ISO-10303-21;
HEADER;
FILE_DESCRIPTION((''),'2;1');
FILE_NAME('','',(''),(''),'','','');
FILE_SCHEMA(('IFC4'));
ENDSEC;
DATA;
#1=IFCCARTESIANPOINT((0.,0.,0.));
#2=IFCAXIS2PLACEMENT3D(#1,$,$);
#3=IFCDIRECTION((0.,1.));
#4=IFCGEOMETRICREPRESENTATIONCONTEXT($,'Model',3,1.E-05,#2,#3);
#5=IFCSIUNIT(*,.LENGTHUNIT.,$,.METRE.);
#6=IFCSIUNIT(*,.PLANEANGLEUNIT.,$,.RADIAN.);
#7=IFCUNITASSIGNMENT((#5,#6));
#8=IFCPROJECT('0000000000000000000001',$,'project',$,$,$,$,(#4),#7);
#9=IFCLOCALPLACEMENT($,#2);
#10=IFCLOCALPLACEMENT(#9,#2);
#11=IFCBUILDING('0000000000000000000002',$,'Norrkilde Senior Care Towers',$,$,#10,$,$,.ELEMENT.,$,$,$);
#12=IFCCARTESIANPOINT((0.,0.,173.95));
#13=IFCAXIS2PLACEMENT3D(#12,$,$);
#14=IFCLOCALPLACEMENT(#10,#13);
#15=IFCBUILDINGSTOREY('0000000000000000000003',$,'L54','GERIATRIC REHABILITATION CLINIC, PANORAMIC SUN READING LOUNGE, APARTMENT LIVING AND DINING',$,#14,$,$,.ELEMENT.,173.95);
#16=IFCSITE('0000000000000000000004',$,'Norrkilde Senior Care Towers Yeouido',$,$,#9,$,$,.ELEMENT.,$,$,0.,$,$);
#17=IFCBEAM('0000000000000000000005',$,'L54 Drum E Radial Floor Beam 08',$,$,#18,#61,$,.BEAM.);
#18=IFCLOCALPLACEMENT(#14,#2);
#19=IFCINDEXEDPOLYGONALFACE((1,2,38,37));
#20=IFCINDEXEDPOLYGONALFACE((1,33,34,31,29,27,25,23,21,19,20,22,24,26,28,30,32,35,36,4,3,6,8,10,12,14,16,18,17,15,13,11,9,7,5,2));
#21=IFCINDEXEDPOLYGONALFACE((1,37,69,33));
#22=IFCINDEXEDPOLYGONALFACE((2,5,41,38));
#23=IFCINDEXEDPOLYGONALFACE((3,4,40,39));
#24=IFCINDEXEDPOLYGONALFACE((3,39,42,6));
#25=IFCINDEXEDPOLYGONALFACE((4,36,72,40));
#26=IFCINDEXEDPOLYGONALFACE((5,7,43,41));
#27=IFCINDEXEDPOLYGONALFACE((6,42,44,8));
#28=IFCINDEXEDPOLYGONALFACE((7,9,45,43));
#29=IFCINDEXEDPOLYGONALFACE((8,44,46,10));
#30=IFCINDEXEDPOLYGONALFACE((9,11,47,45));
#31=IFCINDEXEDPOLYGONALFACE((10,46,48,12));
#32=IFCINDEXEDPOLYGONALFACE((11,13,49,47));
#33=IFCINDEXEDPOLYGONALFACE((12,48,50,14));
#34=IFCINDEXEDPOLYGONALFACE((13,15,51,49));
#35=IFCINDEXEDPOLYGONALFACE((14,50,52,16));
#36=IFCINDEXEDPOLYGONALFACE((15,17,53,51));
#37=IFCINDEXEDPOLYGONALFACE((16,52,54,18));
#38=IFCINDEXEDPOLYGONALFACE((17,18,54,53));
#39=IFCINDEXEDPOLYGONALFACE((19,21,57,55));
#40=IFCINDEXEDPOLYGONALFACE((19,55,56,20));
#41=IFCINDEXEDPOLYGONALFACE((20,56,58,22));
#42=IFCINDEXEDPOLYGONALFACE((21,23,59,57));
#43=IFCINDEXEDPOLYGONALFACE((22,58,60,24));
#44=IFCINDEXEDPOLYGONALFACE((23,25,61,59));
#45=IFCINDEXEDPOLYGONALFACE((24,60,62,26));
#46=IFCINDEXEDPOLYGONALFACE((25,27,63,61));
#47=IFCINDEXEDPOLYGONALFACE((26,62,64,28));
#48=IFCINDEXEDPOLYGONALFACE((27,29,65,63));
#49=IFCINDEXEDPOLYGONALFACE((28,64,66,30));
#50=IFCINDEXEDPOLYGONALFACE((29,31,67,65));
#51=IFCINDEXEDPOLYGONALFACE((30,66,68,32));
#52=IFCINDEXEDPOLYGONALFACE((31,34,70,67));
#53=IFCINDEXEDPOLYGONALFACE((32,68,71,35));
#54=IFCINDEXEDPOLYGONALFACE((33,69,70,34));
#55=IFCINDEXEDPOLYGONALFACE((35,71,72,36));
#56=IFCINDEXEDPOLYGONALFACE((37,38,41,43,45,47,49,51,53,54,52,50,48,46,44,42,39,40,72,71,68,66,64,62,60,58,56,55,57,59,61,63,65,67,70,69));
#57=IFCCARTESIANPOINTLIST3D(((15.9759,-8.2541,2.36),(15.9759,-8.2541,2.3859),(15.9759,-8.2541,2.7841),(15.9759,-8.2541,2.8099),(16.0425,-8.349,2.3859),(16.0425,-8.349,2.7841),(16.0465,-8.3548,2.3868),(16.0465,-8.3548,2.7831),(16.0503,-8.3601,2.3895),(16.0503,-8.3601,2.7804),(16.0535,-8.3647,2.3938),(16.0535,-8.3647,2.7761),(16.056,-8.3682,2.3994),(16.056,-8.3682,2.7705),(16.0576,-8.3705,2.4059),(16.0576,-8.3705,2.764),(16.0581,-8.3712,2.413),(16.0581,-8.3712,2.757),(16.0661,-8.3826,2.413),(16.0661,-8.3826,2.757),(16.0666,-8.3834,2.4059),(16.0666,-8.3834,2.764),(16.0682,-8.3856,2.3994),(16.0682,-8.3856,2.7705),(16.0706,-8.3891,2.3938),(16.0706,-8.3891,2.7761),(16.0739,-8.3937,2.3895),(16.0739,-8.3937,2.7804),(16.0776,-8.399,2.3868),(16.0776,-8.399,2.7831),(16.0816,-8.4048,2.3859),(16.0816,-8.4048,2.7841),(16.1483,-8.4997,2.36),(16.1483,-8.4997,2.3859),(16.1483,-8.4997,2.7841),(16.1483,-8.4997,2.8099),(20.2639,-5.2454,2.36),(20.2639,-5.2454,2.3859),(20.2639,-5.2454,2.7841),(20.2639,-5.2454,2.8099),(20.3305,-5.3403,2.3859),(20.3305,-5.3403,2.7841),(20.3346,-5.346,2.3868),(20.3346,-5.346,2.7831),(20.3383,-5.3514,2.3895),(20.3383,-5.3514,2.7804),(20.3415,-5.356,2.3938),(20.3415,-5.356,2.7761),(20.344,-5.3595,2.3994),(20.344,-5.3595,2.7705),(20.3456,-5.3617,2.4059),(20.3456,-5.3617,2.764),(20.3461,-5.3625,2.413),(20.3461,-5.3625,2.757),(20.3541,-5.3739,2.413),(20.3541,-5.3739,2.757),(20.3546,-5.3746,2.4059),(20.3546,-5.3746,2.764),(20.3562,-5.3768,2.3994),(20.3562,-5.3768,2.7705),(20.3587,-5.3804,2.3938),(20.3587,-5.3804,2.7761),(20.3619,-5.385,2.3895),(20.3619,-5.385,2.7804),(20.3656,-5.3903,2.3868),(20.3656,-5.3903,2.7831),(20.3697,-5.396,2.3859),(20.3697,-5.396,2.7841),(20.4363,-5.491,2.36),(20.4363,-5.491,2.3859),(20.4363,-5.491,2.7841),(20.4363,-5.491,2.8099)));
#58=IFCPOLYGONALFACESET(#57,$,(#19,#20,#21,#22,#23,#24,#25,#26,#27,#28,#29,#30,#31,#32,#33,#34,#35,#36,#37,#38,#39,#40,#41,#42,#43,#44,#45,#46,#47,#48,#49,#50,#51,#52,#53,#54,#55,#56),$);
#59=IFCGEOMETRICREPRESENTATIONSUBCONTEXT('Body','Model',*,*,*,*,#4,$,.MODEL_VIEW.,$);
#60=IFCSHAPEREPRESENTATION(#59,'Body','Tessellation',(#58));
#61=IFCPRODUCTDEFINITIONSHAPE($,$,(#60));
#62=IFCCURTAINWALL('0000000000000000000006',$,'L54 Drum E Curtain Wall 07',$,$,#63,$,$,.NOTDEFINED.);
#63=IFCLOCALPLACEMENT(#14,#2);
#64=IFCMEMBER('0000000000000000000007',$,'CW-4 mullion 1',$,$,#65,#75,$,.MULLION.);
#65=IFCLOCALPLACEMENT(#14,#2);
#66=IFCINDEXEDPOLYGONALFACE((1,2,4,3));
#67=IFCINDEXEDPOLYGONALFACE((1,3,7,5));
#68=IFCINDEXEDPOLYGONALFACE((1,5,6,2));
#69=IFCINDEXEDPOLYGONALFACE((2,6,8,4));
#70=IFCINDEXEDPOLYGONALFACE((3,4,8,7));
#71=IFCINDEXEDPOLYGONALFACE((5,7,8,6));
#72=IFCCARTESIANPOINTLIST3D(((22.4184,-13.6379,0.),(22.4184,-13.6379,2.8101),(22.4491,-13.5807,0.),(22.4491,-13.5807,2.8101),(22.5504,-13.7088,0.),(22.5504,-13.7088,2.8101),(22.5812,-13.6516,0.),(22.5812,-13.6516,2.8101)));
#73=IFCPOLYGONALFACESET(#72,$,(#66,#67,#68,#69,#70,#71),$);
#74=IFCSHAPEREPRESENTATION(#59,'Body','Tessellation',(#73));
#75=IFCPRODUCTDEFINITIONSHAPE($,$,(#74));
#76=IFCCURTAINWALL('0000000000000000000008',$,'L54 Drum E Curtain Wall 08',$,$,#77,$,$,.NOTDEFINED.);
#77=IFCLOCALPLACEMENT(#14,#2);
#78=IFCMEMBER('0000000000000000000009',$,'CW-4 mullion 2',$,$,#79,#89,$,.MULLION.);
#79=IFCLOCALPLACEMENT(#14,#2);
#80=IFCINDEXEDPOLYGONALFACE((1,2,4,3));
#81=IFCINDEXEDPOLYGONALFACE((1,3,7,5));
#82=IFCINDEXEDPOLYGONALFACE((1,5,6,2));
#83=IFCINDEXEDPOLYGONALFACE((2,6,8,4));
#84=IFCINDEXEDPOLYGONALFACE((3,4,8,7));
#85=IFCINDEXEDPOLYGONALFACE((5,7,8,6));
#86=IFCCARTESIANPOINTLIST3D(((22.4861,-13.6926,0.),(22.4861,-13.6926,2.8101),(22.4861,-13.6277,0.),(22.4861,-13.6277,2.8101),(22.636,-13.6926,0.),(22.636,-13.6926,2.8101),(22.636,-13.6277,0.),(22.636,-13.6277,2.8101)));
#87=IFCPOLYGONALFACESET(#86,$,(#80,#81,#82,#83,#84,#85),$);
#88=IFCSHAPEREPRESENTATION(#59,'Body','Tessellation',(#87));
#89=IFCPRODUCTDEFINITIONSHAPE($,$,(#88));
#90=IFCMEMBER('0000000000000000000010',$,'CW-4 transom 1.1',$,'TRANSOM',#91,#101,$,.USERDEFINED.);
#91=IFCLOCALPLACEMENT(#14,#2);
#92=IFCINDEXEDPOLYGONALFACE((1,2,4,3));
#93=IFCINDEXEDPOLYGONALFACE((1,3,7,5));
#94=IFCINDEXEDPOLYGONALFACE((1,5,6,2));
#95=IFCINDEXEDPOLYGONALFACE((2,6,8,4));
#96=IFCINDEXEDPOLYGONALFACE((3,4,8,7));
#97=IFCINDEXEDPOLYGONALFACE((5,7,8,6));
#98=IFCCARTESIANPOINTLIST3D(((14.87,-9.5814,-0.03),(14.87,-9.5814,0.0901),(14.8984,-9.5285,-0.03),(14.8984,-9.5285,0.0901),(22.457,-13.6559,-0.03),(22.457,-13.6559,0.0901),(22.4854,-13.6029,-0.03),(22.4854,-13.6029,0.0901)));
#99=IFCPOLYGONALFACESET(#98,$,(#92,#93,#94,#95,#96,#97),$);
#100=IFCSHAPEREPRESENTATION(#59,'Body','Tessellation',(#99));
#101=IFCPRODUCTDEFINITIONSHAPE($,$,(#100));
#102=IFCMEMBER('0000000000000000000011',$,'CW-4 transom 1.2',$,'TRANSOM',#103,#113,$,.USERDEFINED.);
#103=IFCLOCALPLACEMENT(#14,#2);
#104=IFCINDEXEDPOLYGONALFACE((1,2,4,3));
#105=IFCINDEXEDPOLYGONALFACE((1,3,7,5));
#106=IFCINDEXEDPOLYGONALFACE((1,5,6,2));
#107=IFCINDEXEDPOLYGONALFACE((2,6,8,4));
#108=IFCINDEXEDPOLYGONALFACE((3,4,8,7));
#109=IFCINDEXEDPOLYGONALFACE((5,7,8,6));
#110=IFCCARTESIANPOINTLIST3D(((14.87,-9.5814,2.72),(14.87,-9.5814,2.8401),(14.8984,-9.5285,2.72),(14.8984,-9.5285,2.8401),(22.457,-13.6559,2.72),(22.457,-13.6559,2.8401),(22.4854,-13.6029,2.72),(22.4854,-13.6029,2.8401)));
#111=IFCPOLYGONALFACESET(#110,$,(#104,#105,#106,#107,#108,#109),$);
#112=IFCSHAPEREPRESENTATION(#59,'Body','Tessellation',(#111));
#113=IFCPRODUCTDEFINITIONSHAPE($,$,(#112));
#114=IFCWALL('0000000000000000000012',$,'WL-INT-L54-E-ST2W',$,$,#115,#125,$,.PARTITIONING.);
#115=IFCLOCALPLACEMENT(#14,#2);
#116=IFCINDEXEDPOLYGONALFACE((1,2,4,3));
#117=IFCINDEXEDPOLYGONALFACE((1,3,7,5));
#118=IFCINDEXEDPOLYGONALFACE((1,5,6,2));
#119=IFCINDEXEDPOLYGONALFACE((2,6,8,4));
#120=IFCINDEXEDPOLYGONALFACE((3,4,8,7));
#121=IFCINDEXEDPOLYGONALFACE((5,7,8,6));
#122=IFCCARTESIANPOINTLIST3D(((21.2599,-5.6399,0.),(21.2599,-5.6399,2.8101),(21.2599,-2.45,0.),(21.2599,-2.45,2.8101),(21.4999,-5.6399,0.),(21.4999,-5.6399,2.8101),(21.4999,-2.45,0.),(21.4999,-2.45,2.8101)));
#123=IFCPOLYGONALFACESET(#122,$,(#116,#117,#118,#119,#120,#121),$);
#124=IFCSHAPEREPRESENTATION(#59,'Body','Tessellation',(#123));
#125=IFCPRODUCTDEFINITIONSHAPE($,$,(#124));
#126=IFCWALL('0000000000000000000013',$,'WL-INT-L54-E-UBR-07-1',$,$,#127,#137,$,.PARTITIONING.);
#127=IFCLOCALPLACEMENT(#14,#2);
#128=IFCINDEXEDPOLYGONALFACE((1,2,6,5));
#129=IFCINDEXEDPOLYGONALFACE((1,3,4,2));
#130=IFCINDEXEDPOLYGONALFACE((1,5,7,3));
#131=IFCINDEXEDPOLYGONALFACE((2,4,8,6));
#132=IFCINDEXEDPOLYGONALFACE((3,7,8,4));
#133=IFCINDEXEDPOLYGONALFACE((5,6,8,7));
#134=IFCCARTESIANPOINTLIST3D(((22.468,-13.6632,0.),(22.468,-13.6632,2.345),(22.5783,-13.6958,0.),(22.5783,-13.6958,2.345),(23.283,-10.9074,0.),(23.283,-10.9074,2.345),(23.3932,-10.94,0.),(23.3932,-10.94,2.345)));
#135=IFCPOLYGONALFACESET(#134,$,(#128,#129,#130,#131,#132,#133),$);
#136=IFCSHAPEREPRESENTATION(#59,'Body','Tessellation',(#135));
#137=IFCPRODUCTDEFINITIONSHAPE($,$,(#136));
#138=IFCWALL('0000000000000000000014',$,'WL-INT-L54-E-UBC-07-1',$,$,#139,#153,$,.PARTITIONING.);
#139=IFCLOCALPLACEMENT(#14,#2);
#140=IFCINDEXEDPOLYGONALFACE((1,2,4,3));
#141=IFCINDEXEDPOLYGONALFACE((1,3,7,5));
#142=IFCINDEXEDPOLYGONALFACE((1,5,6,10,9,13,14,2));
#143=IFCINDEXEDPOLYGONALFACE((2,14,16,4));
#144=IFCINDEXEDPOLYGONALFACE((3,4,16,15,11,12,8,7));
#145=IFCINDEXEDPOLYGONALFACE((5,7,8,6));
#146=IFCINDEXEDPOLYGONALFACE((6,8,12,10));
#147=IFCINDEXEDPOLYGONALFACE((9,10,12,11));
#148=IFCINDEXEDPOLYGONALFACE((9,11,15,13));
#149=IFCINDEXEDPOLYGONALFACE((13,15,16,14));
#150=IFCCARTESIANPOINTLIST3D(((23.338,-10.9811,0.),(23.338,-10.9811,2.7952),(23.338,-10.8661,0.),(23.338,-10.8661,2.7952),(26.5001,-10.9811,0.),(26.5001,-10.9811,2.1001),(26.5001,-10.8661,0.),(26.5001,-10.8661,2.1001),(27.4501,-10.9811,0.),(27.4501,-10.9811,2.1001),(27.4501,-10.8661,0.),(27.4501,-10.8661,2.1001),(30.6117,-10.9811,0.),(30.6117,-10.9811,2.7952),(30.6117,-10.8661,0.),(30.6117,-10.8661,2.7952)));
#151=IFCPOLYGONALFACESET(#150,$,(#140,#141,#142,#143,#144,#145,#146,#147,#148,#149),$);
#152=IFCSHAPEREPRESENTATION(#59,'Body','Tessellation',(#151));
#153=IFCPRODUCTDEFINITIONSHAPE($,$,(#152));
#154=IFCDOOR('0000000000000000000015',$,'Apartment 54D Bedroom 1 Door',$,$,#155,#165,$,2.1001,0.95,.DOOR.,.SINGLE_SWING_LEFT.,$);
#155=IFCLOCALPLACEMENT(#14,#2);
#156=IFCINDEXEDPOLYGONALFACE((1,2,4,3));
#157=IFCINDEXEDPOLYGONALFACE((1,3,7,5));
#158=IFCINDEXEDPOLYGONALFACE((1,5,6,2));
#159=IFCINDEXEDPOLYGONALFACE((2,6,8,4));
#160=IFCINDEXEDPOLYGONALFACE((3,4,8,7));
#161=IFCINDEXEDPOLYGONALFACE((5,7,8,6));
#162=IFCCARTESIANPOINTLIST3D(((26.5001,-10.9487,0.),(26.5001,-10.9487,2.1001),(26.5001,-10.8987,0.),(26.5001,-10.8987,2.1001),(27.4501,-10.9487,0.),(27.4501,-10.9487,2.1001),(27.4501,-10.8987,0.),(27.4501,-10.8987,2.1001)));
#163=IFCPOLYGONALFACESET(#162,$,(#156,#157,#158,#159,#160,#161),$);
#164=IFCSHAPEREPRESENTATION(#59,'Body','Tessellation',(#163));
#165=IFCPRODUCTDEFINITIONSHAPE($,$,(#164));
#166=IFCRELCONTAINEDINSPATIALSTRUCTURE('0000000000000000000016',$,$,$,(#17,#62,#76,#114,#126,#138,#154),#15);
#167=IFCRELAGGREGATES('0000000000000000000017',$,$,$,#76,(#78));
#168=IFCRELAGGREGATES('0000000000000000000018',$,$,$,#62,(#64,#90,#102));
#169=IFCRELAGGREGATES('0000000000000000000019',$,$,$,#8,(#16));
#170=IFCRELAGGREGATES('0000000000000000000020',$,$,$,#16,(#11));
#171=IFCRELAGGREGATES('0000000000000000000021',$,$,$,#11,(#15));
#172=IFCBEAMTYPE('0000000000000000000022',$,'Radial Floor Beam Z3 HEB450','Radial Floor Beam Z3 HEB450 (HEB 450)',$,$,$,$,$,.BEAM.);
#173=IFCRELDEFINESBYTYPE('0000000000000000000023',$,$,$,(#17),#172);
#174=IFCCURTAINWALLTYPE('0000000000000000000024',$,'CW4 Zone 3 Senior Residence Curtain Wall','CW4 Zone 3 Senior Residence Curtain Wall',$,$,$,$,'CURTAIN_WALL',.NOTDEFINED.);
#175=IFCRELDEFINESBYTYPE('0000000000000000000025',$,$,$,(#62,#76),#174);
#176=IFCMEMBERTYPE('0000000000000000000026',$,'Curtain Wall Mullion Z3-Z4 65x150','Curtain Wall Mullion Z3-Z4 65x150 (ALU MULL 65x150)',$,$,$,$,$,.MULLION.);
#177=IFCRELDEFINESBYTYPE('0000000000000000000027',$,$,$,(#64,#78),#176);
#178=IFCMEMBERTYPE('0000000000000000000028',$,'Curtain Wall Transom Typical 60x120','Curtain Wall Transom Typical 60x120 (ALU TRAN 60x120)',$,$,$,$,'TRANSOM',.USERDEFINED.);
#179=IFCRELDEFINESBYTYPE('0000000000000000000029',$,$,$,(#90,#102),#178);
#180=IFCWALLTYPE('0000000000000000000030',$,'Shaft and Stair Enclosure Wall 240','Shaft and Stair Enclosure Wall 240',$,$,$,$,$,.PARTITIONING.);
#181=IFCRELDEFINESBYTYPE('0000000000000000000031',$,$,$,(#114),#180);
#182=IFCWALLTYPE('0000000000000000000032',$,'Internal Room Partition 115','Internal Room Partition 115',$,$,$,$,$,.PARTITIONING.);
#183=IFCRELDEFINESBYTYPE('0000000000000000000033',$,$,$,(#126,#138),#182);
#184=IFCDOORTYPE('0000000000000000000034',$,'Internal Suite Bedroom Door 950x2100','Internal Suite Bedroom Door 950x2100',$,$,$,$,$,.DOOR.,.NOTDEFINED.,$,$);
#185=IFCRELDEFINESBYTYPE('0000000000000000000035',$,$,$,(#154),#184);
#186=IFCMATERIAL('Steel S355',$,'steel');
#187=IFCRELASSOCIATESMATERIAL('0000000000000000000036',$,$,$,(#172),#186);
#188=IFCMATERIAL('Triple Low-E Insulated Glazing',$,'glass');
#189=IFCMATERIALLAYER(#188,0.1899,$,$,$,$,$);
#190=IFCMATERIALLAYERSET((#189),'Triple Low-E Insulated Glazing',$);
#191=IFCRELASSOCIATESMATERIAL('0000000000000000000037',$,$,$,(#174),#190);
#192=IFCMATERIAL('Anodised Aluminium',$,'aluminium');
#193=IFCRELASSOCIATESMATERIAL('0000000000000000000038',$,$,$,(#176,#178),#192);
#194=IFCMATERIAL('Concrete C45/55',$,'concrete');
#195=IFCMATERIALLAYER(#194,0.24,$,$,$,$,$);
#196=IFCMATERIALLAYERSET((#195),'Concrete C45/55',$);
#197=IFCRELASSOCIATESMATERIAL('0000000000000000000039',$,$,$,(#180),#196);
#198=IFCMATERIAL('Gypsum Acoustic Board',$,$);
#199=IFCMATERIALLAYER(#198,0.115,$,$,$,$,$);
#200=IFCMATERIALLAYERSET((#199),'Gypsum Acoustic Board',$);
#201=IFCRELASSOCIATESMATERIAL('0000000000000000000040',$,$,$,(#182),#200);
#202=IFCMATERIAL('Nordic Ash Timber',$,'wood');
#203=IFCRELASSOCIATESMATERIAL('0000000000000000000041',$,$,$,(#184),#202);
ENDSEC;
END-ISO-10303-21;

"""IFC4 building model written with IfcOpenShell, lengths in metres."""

from ifc_helpers import new_model, si_unit, direction, frame, frame_2d, origin, origin_2d, place, context, subcontext, project, spatial, rectangle, i_section, extrude, source, transform, mapped, material, layer, layer_set, material_profile, profile_set, type_object, type_shapes, element, fill, aggregate, save


model = new_model("IFC4")

# Units and contexts
model_context = context("Model", 3, precision=1e-05, world=origin(), true_north=direction((0.0, 1.0)))
body_context = subcontext(model_context, "Body", "Model", "MODEL_VIEW")
ifc_project = project(units=[si_unit("LENGTHUNIT", "METRE"), si_unit("PLANEANGLEUNIT", "RADIAN")], contexts=[model_context])

# Site, building, storey
site_placement = place(None, origin())
site = spatial("IfcSite", under=ifc_project, at=site_placement, Name="Norrkilde Senior Care Towers Yeouido", CompositionType="ELEMENT", RefElevation=0.0)
building_placement = place(site_placement, origin())
building = spatial("IfcBuilding", under=site, at=building_placement, Name="Norrkilde Senior Care Towers", CompositionType="ELEMENT")
storey_placement = place(building_placement, frame((0.0, 0.0, 173.95)))
storey = spatial("IfcBuildingStorey", under=building, at=storey_placement, Name="L54", Description="GERIATRIC REHABILITATION CLINIC, PANORAMIC SUN READING LOUNGE, APARTMENT LIVING AND DINING", CompositionType="ELEMENT", Elevation=173.95)

# Beam
ifc_material_1 = material(Name="Steel S355", Category="steel")
ifc_material_profile_1 = material_profile(ifc_material_1, i_section(OverallWidth=0.3, OverallDepth=0.45, WebThickness=0.0139, FlangeThickness=0.0259, FilletRadius=0.0271, at=origin_2d()), Name="HEB 450")
ifc_profile_set_1 = profile_set([ifc_material_profile_1], Name="Steel S355")
beam_type_1 = type_object("IfcBeamType", Name="Radial Floor Beam Z3 HEB450", Description="Radial Floor Beam Z3 HEB450 (HEB 450)", PredefinedType="BEAM", material=ifc_profile_set_1)
shared_shape_1 = source(origin(), body_context, "Body", "SweptSolid", [
    extrude(i_section(OverallWidth=0.3, OverallDepth=0.45, WebThickness=0.0139, FlangeThickness=0.0259, FilletRadius=0.0271, at=origin_2d()), origin(), (0.0, 0.0, 1.0), 5.2383),
])
beam_1_placement = place(storey_placement, frame((20.3501, -5.3682, 2.585), z_axis=(-0.818592, -0.574375, 0.0), x_axis=(0.574375, -0.818592, 0.0)))
element("IfcBeam", 1, at=beam_1_placement, inside=storey, type_object=beam_type_1, Name="L54 Drum E Radial Floor Beam 08", PredefinedType="BEAM", context=body_context, shape_type="MappedRepresentation", body=[
    mapped(shared_shape_1, transform((0.0, 0.0, 0.0), x_axis=(1.0, 0.0, 0.0), y_axis=(0.0, 1.0, 0.0), z_axis=(0.0, 0.0, 1.0), scale=1.0)),
])

# Curtain walls, members
ifc_material_2 = material(Name="Triple Low-E Insulated Glazing", Category="glass")
ifc_layer_1 = layer(ifc_material_2, 0.1899)
ifc_layer_set_1 = layer_set([ifc_layer_1], Name="Triple Low-E Insulated Glazing")
curtain_wall_type = type_object("IfcCurtainWallType", Name="CW4 Zone 3 Senior Residence Curtain Wall", Description="CW4 Zone 3 Senior Residence Curtain Wall", ElementType="CURTAIN_WALL", PredefinedType="NOTDEFINED", material=ifc_layer_set_1)
curtain_wall_1_placement = place(storey_placement, origin())
curtain_wall_1 = element("IfcCurtainWall", 2, at=curtain_wall_1_placement, inside=storey, type_object=curtain_wall_type, Name="L54 Drum E Curtain Wall 07", PredefinedType="NOTDEFINED")
ifc_material_3 = material(Name="Anodised Aluminium", Category="aluminium")
ifc_material_profile_2 = material_profile(ifc_material_3, rectangle(XDim=0.0649, YDim=0.1499, at=origin_2d()), Name="ALU MULL 65x150")
ifc_profile_set_2 = profile_set([ifc_material_profile_2], Name="Anodised Aluminium")
member_type_1 = type_object("IfcMemberType", Name="Curtain Wall Mullion Z3-Z4 65x150", Description="Curtain Wall Mullion Z3-Z4 65x150 (ALU MULL 65x150)", PredefinedType="MULLION", material=ifc_profile_set_2)
shared_shape_2 = source(origin(), body_context, "Body", "SweptSolid", [
    extrude(rectangle(XDim=0.0649, YDim=0.1499, at=origin_2d()), origin(), (0.0, 0.0, 1.0), 2.8101),
])
type_shapes(member_type_1, [shared_shape_2])
member_1_placement = place(storey_placement, frame((22.4998, -13.6448, 0.0), z_axis=(0.0, 0.0, 1.0), x_axis=(-0.473117, -0.881, 0.0)))
member_1 = element("IfcMember", 3, at=member_1_placement, type_object=member_type_1, Name="CW-4 mullion 1", PredefinedType="MULLION", context=body_context, shape_type="MappedRepresentation", body=[
    mapped(shared_shape_2, transform((0.0, 0.0, 0.0), x_axis=(1.0, 0.0, 0.0), y_axis=(0.0, 1.0, 0.0), z_axis=(0.0, 0.0, 1.0), scale=1.0)),
])
curtain_wall_2_placement = place(storey_placement, origin())
curtain_wall_2 = element("IfcCurtainWall", 4, at=curtain_wall_2_placement, inside=storey, type_object=curtain_wall_type, Name="L54 Drum E Curtain Wall 08", PredefinedType="NOTDEFINED")
member_2_placement = place(storey_placement, frame((22.561, -13.6602, 0.0), z_axis=(0.0, 0.0, 1.0), x_axis=(0.0, -1.0, 0.0)))
member_2 = element("IfcMember", 5, at=member_2_placement, type_object=member_type_1, Name="CW-4 mullion 2", PredefinedType="MULLION", context=body_context, shape_type="MappedRepresentation", body=[
    mapped(shared_shape_2, transform((0.0, 0.0, 0.0), x_axis=(1.0, 0.0, 0.0), y_axis=(0.0, 1.0, 0.0), z_axis=(0.0, 0.0, 1.0), scale=1.0)),
])
aggregate(curtain_wall_2, [member_2])

# Members
ifc_material_profile_3 = material_profile(ifc_material_3, rectangle(XDim=0.0601, YDim=0.1201, at=origin_2d()), Name="ALU TRAN 60x120")
ifc_profile_set_3 = profile_set([ifc_material_profile_3], Name="Anodised Aluminium")
member_type_2 = type_object("IfcMemberType", Name="Curtain Wall Transom Typical 60x120", Description="Curtain Wall Transom Typical 60x120 (ALU TRAN 60x120)", ElementType="TRANSOM", PredefinedType="USERDEFINED", material=ifc_profile_set_3)
shared_shape_3 = source(origin(), body_context, "Body", "SweptSolid", [
    extrude(rectangle(XDim=0.0601, YDim=0.1201, at=origin_2d()), origin(), (0.0, 0.0, 1.0), 8.6118),
])
type_shapes(member_type_2, [shared_shape_3])
member_3_placement = place(storey_placement, frame((22.4712, -13.6294, 0.03), z_axis=(-0.880994, 0.473127, 0.0), x_axis=(-0.473127, -0.880994, 0.0)))
member_3 = element("IfcMember", 6, at=member_3_placement, type_object=member_type_2, Name="CW-4 transom 1.1", ObjectType="TRANSOM", PredefinedType="USERDEFINED", context=body_context, shape_type="MappedRepresentation", body=[
    mapped(shared_shape_3, transform((0.0, 0.0, 0.0), x_axis=(1.0, 0.0, 0.0), y_axis=(0.0, 1.0, 0.0), z_axis=(0.0, 0.0, 1.0), scale=1.0)),
])
member_4_placement = place(storey_placement, frame((22.4712, -13.6294, 2.78), z_axis=(-0.880994, 0.473127, 0.0), x_axis=(-0.473127, -0.880994, 0.0)))
member_4 = element("IfcMember", 7, at=member_4_placement, type_object=member_type_2, Name="CW-4 transom 1.2", ObjectType="TRANSOM", PredefinedType="USERDEFINED", context=body_context, shape_type="MappedRepresentation", body=[
    mapped(shared_shape_3, transform((0.0, 0.0, 0.0), x_axis=(1.0, 0.0, 0.0), y_axis=(0.0, 1.0, 0.0), z_axis=(0.0, 0.0, 1.0), scale=1.0)),
])
aggregate(curtain_wall_1, [member_1, member_3, member_4])

# Shared definitions
ifc_material_4 = material(Name="Concrete C45/55", Category="concrete")
ifc_layer_2 = layer(ifc_material_4, 0.24)
ifc_layer_set_2 = layer_set([ifc_layer_2], Name="Concrete C45/55")
wall_type_1 = type_object("IfcWallType", Name="Shaft and Stair Enclosure Wall 240", Description="Shaft and Stair Enclosure Wall 240", PredefinedType="PARTITIONING", material=ifc_layer_set_2)

# Walls
shared_shape_4 = source(origin(), body_context, "Body", "SweptSolid", [
    extrude(rectangle(XDim=3.1899, YDim=0.24, at=frame_2d((1.595, 0.0))), origin(), (0.0, 0.0, 1.0), 2.8101),
])
wall_1_placement = place(storey_placement, frame((21.3799, -5.6399, 0.0), z_axis=(0.0, 0.0, 1.0), x_axis=(0.0, 1.0, 0.0)))
element("IfcWall", 8, at=wall_1_placement, inside=storey, type_object=wall_type_1, Name="WL-INT-L54-E-ST2W", PredefinedType="PARTITIONING", context=body_context, shape_type="MappedRepresentation", body=[
    mapped(shared_shape_4, transform((0.0, 0.0, 0.0), x_axis=(1.0, 0.0, 0.0), y_axis=(0.0, 1.0, 0.0), z_axis=(0.0, 0.0, 1.0), scale=1.0)),
])
ifc_material_5 = material(Name="Gypsum Acoustic Board")
ifc_layer_3 = layer(ifc_material_5, 0.115)
ifc_layer_set_3 = layer_set([ifc_layer_3], Name="Gypsum Acoustic Board")
wall_type_2 = type_object("IfcWallType", Name="Internal Room Partition 115", Description="Internal Room Partition 115", PredefinedType="PARTITIONING", material=ifc_layer_set_3)
shared_shape_5 = source(origin(), body_context, "Body", "SweptSolid", [
    extrude(rectangle(XDim=2.8738, YDim=0.115, at=frame_2d((1.437, 0.0))), origin(), (0.0, 0.0, 1.0), 2.345),
])
wall_2_placement = place(storey_placement, frame((23.3381, -10.9236, 0.0), z_axis=(0.0, 0.0, 1.0), x_axis=(-0.283573, -0.958951, 0.0)))
element("IfcWall", 9, at=wall_2_placement, inside=storey, type_object=wall_type_2, Name="WL-INT-L54-E-UBR-07-1", PredefinedType="PARTITIONING", context=body_context, shape_type="MappedRepresentation", body=[
    mapped(shared_shape_5, transform((0.0, 0.0, 0.0), x_axis=(1.0, 0.0, 0.0), y_axis=(0.0, 1.0, 0.0), z_axis=(0.0, 0.0, 1.0), scale=1.0)),
])

# Wall, opening, door
shared_shape_6 = source(origin(), body_context, "Body", "SweptSolid", [
    extrude(rectangle(XDim=7.2737, YDim=0.115, at=frame_2d((3.6367, 0.0))), origin(), (0.0, 0.0, 1.0), 2.7952),
])
type_shapes(wall_type_2, [shared_shape_5, shared_shape_6])
wall_3_placement = place(storey_placement, frame((23.3381, -10.9236, 0.0), z_axis=(0.0, 0.0, 1.0), x_axis=(1.0, 0.0, 0.0)))
wall_3 = element("IfcWall", 10, at=wall_3_placement, inside=storey, type_object=wall_type_2, Name="WL-INT-L54-E-UBC-07-1", PredefinedType="PARTITIONING", context=body_context, shape_type="MappedRepresentation", body=[
    mapped(shared_shape_6, transform((0.0, 0.0, 0.0), x_axis=(1.0, 0.0, 0.0), y_axis=(0.0, 1.0, 0.0), z_axis=(0.0, 0.0, 1.0), scale=1.0)),
])
opening_1_placement = place(wall_3_placement, frame((3.1619, 0.0, 0.0)))
opening_1 = element("IfcOpeningElement", 11, at=opening_1_placement, cuts=wall_3, PredefinedType="OPENING", context=body_context, shape_type="SweptSolid", body=[
    extrude(rectangle(XDim=0.95, YDim=2.1001, at=frame_2d((0.4751, 1.05))), frame((0.0, 0.0674, 0.0), z_axis=(0.0, -1.0, 0.0), x_axis=(1.0, 0.0, 0.0)), (0.0, 0.0, 1.0), 0.135),
])
ifc_material_6 = material(Name="Nordic Ash Timber", Category="wood")
door_type_1 = type_object("IfcDoorType", Name="Internal Suite Bedroom Door 950x2100", Description="Internal Suite Bedroom Door 950x2100", OperationType="NOTDEFINED", PredefinedType="DOOR", material=ifc_material_6)
shared_shape_7 = source(origin(), body_context, "Body", "SweptSolid", [
    extrude(rectangle(XDim=0.95, YDim=2.1001, at=frame_2d((0.4751, 1.05))), frame((0.0, 0.0249, 0.0), z_axis=(0.0, -1.0, 0.0), x_axis=(1.0, 0.0, 0.0)), (0.0, 0.0, 1.0), 0.05),
])
type_shapes(door_type_1, [shared_shape_7])
door_1_placement = place(opening_1_placement, origin())
door_1 = element("IfcDoor", 12, at=door_1_placement, inside=storey, type_object=door_type_1, Name="Apartment 54D Bedroom 1 Door", OperationType="SINGLE_SWING_LEFT", OverallHeight=2.1001, OverallWidth=0.95, PredefinedType="DOOR", context=body_context, shape_type="MappedRepresentation", body=[
    mapped(shared_shape_7, transform((0.0, 0.0, 0.0), x_axis=(1.0, 0.0, 0.0), y_axis=(0.0, 1.0, 0.0), z_axis=(0.0, 0.0, 1.0), scale=1.0)),
])
fill(opening_1, door_1)

save(model, "model.ifc")
